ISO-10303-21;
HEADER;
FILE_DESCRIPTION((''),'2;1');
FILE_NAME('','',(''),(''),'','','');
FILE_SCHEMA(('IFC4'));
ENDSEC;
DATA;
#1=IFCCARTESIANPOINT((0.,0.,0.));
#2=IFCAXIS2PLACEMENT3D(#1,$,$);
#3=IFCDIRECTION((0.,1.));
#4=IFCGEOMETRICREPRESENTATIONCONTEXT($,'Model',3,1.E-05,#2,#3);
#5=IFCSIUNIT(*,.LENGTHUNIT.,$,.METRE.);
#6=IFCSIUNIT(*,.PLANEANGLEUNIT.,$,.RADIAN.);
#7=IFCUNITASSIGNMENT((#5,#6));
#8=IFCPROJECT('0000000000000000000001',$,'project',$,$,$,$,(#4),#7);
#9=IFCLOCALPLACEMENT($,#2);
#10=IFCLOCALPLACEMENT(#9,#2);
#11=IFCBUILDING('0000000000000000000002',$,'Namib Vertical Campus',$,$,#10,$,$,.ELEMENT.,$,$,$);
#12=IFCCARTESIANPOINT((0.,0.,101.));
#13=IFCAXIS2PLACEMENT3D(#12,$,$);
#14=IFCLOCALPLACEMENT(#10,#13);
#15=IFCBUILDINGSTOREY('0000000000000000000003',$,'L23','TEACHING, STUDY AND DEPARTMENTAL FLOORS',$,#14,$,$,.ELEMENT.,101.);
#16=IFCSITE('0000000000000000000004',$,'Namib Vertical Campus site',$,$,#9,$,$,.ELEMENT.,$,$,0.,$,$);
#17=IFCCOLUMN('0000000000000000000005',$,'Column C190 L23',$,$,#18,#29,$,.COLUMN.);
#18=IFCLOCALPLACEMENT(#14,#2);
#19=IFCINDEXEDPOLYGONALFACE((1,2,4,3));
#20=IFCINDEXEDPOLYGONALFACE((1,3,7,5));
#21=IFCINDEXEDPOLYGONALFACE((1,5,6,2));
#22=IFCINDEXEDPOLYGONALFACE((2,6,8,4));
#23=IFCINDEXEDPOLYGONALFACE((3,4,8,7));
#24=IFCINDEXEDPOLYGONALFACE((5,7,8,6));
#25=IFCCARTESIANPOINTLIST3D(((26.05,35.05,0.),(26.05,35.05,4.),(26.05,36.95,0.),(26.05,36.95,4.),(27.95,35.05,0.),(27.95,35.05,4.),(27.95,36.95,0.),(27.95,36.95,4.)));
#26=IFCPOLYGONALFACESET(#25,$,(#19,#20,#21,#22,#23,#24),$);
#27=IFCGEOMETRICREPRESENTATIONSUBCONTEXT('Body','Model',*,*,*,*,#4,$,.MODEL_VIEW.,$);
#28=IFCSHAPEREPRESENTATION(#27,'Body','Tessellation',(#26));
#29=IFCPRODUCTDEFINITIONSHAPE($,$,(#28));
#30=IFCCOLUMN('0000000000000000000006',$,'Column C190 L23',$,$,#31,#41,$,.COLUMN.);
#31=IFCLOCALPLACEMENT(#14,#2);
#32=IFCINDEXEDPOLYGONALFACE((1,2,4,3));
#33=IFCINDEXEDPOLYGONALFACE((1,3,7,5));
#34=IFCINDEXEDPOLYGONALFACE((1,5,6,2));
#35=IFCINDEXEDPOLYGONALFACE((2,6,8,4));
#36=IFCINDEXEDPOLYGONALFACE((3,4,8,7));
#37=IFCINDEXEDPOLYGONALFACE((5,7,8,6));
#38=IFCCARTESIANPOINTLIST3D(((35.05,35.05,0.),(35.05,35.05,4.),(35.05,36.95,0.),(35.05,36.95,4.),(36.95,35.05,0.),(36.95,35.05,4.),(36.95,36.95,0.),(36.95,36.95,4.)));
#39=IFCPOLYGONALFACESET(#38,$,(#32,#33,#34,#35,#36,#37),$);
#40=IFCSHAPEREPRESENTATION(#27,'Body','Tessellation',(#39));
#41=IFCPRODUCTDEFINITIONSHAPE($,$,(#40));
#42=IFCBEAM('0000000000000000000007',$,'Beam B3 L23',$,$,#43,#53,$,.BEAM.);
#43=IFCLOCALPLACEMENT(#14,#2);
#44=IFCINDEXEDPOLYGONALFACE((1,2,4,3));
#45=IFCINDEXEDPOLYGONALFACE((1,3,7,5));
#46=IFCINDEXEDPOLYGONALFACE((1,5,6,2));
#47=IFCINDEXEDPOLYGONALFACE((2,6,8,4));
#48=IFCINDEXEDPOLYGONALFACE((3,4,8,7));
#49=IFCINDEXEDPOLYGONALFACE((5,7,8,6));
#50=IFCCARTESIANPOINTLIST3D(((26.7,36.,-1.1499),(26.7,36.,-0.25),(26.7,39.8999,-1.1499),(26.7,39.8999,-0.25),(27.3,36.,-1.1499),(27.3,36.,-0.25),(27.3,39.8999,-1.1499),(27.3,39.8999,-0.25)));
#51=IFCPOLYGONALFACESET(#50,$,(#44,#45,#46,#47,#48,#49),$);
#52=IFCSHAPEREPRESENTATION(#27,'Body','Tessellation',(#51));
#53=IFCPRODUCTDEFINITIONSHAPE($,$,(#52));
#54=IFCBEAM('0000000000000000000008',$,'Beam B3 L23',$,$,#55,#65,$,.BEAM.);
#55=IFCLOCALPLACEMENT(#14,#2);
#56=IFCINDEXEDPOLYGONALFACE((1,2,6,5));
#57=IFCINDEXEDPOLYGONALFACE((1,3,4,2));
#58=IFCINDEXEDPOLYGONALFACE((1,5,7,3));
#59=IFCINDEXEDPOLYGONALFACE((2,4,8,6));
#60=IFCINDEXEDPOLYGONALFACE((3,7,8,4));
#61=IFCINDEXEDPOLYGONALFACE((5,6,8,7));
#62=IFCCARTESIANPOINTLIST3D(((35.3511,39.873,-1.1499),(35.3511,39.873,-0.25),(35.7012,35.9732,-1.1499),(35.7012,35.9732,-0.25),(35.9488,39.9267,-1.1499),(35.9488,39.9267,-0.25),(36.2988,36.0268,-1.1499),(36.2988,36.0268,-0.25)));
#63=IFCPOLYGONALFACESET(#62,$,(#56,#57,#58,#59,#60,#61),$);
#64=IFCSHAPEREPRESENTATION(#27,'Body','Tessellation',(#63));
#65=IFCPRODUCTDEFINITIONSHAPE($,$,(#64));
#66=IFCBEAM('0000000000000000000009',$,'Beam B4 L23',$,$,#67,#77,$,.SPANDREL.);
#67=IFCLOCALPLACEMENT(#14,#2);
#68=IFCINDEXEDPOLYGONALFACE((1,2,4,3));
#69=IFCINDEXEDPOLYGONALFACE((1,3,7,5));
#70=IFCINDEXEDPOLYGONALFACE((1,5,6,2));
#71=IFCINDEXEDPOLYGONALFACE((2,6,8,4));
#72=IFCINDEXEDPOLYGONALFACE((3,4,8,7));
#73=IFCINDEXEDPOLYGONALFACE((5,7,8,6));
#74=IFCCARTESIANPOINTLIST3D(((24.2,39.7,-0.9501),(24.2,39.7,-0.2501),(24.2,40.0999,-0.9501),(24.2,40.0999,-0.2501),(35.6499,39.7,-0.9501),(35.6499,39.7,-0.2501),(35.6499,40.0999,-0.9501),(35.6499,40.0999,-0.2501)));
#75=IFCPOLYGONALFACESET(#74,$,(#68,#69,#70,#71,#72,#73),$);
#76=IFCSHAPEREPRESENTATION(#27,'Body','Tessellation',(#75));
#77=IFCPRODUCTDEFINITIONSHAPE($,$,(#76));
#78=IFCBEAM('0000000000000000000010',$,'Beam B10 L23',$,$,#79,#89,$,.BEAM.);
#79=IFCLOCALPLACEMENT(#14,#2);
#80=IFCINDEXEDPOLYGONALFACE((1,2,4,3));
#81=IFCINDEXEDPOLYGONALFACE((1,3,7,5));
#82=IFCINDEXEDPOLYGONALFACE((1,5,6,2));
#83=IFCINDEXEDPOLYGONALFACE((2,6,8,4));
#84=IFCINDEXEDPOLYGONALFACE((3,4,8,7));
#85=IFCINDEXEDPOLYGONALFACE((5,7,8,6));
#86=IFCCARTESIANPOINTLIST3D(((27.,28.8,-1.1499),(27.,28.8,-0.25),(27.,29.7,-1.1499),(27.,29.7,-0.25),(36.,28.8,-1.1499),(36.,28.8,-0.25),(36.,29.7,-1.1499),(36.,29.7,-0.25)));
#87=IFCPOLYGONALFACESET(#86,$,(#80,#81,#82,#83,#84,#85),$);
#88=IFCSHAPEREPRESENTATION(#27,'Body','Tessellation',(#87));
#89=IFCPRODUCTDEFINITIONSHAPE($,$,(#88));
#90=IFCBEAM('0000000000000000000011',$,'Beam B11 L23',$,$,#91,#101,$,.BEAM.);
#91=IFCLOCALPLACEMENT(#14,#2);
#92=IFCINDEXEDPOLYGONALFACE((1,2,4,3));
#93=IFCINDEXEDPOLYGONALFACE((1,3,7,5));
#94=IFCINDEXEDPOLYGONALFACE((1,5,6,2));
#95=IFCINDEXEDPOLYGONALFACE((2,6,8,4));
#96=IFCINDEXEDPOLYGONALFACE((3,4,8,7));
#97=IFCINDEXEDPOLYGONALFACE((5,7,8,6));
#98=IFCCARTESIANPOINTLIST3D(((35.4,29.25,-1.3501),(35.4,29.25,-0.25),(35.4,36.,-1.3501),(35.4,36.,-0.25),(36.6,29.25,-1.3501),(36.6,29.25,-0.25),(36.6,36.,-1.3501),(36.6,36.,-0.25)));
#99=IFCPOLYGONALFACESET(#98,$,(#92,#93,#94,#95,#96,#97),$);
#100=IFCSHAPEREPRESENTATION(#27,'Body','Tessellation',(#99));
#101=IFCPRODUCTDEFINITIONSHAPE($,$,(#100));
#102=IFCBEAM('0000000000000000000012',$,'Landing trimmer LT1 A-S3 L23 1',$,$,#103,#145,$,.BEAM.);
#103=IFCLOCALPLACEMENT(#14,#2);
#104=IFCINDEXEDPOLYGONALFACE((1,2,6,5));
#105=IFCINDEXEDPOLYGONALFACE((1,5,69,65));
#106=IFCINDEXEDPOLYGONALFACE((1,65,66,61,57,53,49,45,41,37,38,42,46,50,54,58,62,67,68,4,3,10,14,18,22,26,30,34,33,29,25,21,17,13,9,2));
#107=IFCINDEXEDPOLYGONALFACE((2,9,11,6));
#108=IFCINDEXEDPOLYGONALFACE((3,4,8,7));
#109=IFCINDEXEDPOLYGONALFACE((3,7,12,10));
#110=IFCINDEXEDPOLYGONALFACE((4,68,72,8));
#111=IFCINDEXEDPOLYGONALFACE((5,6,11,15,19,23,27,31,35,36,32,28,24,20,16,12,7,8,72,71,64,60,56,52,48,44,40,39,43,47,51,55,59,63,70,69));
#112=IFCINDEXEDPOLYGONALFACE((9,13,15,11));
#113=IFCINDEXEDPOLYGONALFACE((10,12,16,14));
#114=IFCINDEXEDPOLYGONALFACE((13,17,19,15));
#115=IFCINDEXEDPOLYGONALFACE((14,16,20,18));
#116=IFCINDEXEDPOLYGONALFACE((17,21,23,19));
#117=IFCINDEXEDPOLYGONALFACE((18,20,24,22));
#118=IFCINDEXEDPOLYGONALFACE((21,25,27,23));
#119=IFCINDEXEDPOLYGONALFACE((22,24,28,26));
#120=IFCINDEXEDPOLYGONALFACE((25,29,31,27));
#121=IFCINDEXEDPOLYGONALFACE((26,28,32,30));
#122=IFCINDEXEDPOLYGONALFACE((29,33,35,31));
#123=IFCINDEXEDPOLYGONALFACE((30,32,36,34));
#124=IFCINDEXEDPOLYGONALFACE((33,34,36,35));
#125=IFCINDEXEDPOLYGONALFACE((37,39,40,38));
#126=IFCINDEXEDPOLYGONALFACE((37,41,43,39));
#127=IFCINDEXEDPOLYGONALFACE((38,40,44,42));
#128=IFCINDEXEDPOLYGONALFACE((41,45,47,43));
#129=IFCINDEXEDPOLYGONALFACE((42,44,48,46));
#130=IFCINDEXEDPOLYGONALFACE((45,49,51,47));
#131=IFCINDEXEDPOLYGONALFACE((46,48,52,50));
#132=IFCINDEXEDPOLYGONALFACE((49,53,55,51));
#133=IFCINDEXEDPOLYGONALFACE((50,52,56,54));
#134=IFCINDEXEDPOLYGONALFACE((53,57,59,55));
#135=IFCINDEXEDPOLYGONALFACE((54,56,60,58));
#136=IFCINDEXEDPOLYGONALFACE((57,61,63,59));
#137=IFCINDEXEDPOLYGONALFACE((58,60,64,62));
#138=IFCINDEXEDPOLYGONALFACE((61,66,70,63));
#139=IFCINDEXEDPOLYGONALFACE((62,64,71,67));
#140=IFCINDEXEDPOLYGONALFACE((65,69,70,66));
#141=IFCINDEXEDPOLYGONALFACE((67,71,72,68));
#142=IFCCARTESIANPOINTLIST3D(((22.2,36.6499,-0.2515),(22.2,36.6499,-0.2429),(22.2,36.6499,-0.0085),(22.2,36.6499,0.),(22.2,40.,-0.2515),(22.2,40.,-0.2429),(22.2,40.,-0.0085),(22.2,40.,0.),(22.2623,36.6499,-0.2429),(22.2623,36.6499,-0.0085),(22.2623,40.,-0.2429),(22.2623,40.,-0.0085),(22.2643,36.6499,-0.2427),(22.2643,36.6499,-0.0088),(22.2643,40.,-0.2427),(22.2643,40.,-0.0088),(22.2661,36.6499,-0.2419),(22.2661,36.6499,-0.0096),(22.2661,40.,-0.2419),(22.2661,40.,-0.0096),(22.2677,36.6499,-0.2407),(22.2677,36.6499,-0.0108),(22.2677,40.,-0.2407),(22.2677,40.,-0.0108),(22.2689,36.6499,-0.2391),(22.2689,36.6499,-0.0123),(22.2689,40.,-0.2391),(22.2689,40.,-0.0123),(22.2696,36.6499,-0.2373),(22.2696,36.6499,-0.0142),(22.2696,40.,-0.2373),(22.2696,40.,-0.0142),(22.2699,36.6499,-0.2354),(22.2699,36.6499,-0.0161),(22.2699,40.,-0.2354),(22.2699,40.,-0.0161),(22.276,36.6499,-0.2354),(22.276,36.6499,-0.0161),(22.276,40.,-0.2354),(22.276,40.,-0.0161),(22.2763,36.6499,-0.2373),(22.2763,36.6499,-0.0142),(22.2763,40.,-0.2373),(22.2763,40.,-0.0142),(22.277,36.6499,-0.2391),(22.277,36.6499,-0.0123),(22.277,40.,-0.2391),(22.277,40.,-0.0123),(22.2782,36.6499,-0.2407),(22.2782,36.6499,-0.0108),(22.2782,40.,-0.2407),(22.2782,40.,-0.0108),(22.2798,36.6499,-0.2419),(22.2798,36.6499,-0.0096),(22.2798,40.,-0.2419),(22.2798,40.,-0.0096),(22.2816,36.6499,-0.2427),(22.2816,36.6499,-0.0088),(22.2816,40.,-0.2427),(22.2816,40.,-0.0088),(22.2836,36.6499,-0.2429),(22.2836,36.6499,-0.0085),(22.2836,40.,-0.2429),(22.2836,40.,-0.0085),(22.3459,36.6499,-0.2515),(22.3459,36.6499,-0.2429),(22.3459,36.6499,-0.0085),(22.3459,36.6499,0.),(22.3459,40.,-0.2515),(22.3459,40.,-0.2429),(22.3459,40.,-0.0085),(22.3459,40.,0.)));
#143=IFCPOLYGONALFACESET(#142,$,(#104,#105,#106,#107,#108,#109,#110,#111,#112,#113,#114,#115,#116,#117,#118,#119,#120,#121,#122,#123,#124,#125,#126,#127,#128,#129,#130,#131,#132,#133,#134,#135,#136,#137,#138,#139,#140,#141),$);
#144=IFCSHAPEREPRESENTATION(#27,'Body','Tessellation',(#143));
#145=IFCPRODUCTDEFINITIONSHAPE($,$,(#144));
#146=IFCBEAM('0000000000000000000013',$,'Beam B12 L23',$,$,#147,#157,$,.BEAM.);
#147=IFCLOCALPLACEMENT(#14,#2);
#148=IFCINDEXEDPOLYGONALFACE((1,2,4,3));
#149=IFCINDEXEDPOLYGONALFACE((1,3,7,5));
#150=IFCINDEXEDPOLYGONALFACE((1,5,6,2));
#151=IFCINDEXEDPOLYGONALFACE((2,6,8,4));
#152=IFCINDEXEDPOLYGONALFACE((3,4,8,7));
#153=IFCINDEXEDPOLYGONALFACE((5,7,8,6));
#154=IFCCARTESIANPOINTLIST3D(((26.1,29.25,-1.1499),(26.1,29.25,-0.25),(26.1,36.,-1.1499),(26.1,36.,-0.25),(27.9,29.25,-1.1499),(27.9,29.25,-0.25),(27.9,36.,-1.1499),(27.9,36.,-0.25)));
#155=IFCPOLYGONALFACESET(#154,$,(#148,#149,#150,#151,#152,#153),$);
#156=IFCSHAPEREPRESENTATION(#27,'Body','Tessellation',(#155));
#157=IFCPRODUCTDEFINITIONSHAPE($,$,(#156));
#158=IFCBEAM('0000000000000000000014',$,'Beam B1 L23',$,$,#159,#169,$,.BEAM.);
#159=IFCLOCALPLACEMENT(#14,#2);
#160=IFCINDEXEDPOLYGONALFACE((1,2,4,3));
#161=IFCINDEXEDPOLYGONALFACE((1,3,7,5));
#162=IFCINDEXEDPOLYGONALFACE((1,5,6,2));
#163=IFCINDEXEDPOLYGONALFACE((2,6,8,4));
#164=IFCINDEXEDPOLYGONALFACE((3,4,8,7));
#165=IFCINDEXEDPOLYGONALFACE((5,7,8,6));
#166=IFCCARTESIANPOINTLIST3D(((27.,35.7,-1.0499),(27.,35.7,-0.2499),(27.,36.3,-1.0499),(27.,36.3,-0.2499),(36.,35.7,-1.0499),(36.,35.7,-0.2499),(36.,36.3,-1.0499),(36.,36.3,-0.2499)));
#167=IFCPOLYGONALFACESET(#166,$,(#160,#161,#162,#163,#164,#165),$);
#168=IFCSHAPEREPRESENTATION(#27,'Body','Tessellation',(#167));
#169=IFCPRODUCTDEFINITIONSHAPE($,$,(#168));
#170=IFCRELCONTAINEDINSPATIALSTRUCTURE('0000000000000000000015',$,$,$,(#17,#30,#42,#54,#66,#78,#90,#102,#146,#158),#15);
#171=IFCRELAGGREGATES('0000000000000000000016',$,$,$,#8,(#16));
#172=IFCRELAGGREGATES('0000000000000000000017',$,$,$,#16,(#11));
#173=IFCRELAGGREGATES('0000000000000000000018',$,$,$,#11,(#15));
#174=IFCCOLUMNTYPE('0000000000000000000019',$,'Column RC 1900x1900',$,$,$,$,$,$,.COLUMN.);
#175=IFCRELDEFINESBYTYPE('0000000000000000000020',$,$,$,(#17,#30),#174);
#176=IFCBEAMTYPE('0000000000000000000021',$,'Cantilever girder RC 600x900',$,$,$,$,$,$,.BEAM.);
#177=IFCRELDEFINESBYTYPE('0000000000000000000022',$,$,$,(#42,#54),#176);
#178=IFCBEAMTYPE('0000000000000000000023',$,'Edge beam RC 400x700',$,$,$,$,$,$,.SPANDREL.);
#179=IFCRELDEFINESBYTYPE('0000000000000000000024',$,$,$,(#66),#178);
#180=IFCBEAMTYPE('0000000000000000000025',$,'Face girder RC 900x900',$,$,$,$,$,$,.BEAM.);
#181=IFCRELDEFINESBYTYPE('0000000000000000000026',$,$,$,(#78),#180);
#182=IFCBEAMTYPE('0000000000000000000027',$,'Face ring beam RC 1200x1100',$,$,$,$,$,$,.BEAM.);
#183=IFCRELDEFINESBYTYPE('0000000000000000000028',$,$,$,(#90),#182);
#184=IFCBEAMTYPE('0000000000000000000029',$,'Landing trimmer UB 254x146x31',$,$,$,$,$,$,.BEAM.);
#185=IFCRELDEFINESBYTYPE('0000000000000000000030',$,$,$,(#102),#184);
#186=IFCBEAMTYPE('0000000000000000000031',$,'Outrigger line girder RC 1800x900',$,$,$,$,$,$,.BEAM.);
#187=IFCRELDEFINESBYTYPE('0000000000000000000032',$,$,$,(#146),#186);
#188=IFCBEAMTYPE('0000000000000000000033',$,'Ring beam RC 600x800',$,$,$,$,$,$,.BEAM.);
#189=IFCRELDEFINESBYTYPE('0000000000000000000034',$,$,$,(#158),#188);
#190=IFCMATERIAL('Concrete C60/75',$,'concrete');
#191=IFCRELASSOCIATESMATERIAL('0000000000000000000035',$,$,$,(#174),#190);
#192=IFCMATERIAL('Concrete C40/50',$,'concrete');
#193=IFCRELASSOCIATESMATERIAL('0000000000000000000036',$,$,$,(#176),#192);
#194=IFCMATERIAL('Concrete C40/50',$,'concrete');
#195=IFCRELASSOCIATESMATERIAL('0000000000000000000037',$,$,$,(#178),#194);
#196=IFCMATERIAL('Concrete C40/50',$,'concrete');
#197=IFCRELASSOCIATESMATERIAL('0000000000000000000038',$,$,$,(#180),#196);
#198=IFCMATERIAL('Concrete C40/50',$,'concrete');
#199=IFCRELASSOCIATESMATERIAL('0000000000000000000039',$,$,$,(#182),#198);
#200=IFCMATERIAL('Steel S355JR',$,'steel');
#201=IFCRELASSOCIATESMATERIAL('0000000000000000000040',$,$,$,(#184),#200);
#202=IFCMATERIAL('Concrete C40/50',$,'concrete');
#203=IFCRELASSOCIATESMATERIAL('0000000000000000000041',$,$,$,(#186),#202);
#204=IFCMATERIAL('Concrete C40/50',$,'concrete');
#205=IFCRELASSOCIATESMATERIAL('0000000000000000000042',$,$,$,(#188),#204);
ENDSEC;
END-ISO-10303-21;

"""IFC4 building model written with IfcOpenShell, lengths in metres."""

from ifc_helpers import new_model, si_unit, direction, frame, origin, origin_2d, place, context, subcontext, project, spatial, rectangle, i_section, extrude, material, material_profile, profile_set, type_object, element, save


model = new_model("IFC4")

# Units and contexts
model_context = context("Model", 3, precision=1e-05, world=origin(), true_north=direction((0.0, 1.0)))
body_context = subcontext(model_context, "Body", "Model", "MODEL_VIEW")
ifc_project = project(units=[si_unit("LENGTHUNIT", "METRE"), si_unit("PLANEANGLEUNIT", "RADIAN")], contexts=[model_context])

# Site, building, storey
site_placement = place(None, origin())
site = spatial("IfcSite", under=ifc_project, at=site_placement, Name="Namib Vertical Campus site", CompositionType="ELEMENT", RefElevation=0.0)
building_placement = place(site_placement, origin())
building = spatial("IfcBuilding", under=site, at=building_placement, Name="Namib Vertical Campus", CompositionType="ELEMENT")
storey_placement = place(building_placement, frame((0.0, 0.0, 101.0)))
storey = spatial("IfcBuildingStorey", under=building, at=storey_placement, Name="L23", Description="TEACHING, STUDY AND DEPARTMENTAL FLOORS", CompositionType="ELEMENT", Elevation=101.0)

# Columns
ifc_material_1 = material(Name="Concrete C60/75", Category="concrete")
ifc_material_profile_1 = material_profile(ifc_material_1, rectangle(XDim=1.8999, YDim=1.8999, at=origin_2d()))
ifc_profile_set_1 = profile_set([ifc_material_profile_1], Name="Concrete C60/75")
column_type = type_object("IfcColumnType", Name="Column RC 1900x1900", PredefinedType="COLUMN", material=ifc_profile_set_1)
for number, where, z_axis, x_axis, name in (
    (1, (27.0, 36.0, 0.0), (0.0, 0.0, 1.0), (1.0, 0.0, 0.0), "Column C190 L23"),
    (2, (36.0, 36.0, 0.0), (0.0, 0.0, 1.0), (1.0, 0.0, 0.0), "Column C190 L23"),
):
    element("IfcColumn", number, at=place(storey_placement, frame(where, z_axis=z_axis, x_axis=x_axis)), inside=storey, type_object=column_type, Name=name, PredefinedType="COLUMN", context=body_context, shape_type="SweptSolid", body=[
        extrude(rectangle(XDim=1.8999, YDim=1.8999, at=origin_2d()), origin(), (0.0, 0.0, 1.0), 4.0),
    ])

# Beams
ifc_material_2 = material(Name="Concrete C40/50", Category="concrete")
ifc_material_profile_2 = material_profile(ifc_material_2, rectangle(XDim=0.6001, YDim=0.8999, at=origin_2d()))
ifc_profile_set_2 = profile_set([ifc_material_profile_2], Name="Concrete C40/50")
beam_type_1 = type_object("IfcBeamType", Name="Cantilever girder RC 600x900", PredefinedType="BEAM", material=ifc_profile_set_2)
beam_1_placement = place(storey_placement, frame((27.0, 36.0, -0.7), z_axis=(0.0, 1.0, 0.0), x_axis=(-1.0, 0.0, 0.0)))
element("IfcBeam", 3, at=beam_1_placement, inside=storey, type_object=beam_type_1, Name="Beam B3 L23", PredefinedType="BEAM", context=body_context, shape_type="SweptSolid", body=[
    extrude(rectangle(XDim=0.6001, YDim=0.8999, at=origin_2d()), origin(), (0.0, 0.0, 1.0), 3.8999),
])
beam_2_placement = place(storey_placement, frame((36.0, 36.0, -0.7), z_axis=(-0.089411, 0.995995, 0.0), x_axis=(-0.995995, -0.089411, 0.0)))
element("IfcBeam", 4, at=beam_2_placement, inside=storey, type_object=beam_type_1, Name="Beam B3 L23", PredefinedType="BEAM", context=body_context, shape_type="SweptSolid", body=[
    extrude(rectangle(XDim=0.6001, YDim=0.8999, at=origin_2d()), origin(), (0.0, 0.0, 1.0), 3.9155),
])
ifc_material_3 = material(Name="Concrete C40/50", Category="concrete")
ifc_material_profile_3 = material_profile(ifc_material_3, rectangle(XDim=0.3999, YDim=0.7, at=origin_2d()))
ifc_profile_set_3 = profile_set([ifc_material_profile_3], Name="Concrete C40/50")
beam_type_2 = type_object("IfcBeamType", Name="Edge beam RC 400x700", PredefinedType="SPANDREL", material=ifc_profile_set_3)
beam_3_placement = place(storey_placement, frame((24.2, 39.8999, -0.6001), z_axis=(1.0, 0.0, 0.0), x_axis=(0.0, 1.0, 0.0)))
element("IfcBeam", 5, at=beam_3_placement, inside=storey, type_object=beam_type_2, Name="Beam B4 L23", PredefinedType="SPANDREL", context=body_context, shape_type="SweptSolid", body=[
    extrude(rectangle(XDim=0.3999, YDim=0.7, at=origin_2d()), origin(), (0.0, 0.0, 1.0), 11.45),
])
ifc_material_4 = material(Name="Concrete C40/50", Category="concrete")
ifc_material_profile_4 = material_profile(ifc_material_4, rectangle(XDim=0.8999, YDim=0.8999, at=origin_2d()))
ifc_profile_set_4 = profile_set([ifc_material_profile_4], Name="Concrete C40/50")
beam_type_3 = type_object("IfcBeamType", Name="Face girder RC 900x900", PredefinedType="BEAM", material=ifc_profile_set_4)
beam_4_placement = place(storey_placement, frame((36.0, 29.25, -0.7), z_axis=(-1.0, 0.0, 0.0), x_axis=(0.0, -1.0, 0.0)))
element("IfcBeam", 6, at=beam_4_placement, inside=storey, type_object=beam_type_3, Name="Beam B10 L23", PredefinedType="BEAM", context=body_context, shape_type="SweptSolid", body=[
    extrude(rectangle(XDim=0.8999, YDim=0.8999, at=origin_2d()), origin(), (0.0, 0.0, 1.0), 9.0),
])
ifc_material_5 = material(Name="Concrete C40/50", Category="concrete")
ifc_material_profile_5 = material_profile(ifc_material_5, rectangle(XDim=1.2, YDim=1.1001, at=origin_2d()))
ifc_profile_set_5 = profile_set([ifc_material_profile_5], Name="Concrete C40/50")
beam_type_4 = type_object("IfcBeamType", Name="Face ring beam RC 1200x1100", PredefinedType="BEAM", material=ifc_profile_set_5)
beam_5_placement = place(storey_placement, frame((36.0, 29.25, -0.8), z_axis=(0.0, 1.0, 0.0), x_axis=(-1.0, 0.0, 0.0)))
element("IfcBeam", 7, at=beam_5_placement, inside=storey, type_object=beam_type_4, Name="Beam B11 L23", PredefinedType="BEAM", context=body_context, shape_type="SweptSolid", body=[
    extrude(rectangle(XDim=1.2, YDim=1.1001, at=origin_2d()), origin(), (0.0, 0.0, 1.0), 6.75),
])
ifc_material_6 = material(Name="Steel S355JR", Category="steel")
ifc_material_profile_6 = material_profile(ifc_material_6, i_section(OverallWidth=0.146, OverallDepth=0.2515, WebThickness=0.0061, FlangeThickness=0.0085, FilletRadius=0.0076, at=origin_2d()))
ifc_profile_set_6 = profile_set([ifc_material_profile_6], Name="Steel S355JR")
beam_type_5 = type_object("IfcBeamType", Name="Landing trimmer UB 254x146x31", PredefinedType="BEAM", material=ifc_profile_set_6)
beam_6_placement = place(storey_placement, frame((22.2729, 36.6499, -0.1257), z_axis=(0.0, 1.0, 0.0), x_axis=(-1.0, 0.0, 0.0)))
element("IfcBeam", 8, at=beam_6_placement, inside=storey, type_object=beam_type_5, Name="Landing trimmer LT1 A-S3 L23 1", PredefinedType="BEAM", context=body_context, shape_type="SweptSolid", body=[
    extrude(i_section(OverallWidth=0.146, OverallDepth=0.2515, WebThickness=0.0061, FlangeThickness=0.0085, FilletRadius=0.0076, at=origin_2d()), origin(), (0.0, 0.0, 1.0), 3.3501),
])
ifc_material_7 = material(Name="Concrete C40/50", Category="concrete")
ifc_material_profile_7 = material_profile(ifc_material_7, rectangle(XDim=1.8, YDim=0.8999, at=origin_2d()))
ifc_profile_set_7 = profile_set([ifc_material_profile_7], Name="Concrete C40/50")
beam_type_6 = type_object("IfcBeamType", Name="Outrigger line girder RC 1800x900", PredefinedType="BEAM", material=ifc_profile_set_7)
beam_7_placement = place(storey_placement, frame((27.0, 36.0, -0.7), z_axis=(0.0, -1.0, 0.0), x_axis=(1.0, 0.0, 0.0)))
element("IfcBeam", 9, at=beam_7_placement, inside=storey, type_object=beam_type_6, Name="Beam B12 L23", PredefinedType="BEAM", context=body_context, shape_type="SweptSolid", body=[
    extrude(rectangle(XDim=1.8, YDim=0.8999, at=origin_2d()), origin(), (0.0, 0.0, 1.0), 6.75),
])
ifc_material_8 = material(Name="Concrete C40/50", Category="concrete")
ifc_material_profile_8 = material_profile(ifc_material_8, rectangle(XDim=0.6001, YDim=0.8, at=origin_2d()))
ifc_profile_set_8 = profile_set([ifc_material_profile_8], Name="Concrete C40/50")
beam_type_7 = type_object("IfcBeamType", Name="Ring beam RC 600x800", PredefinedType="BEAM", material=ifc_profile_set_8)
beam_8_placement = place(storey_placement, frame((27.0, 36.0, -0.6499), z_axis=(1.0, 0.0, 0.0), x_axis=(0.0, 1.0, 0.0)))
element("IfcBeam", 10, at=beam_8_placement, inside=storey, type_object=beam_type_7, Name="Beam B1 L23", PredefinedType="BEAM", context=body_context, shape_type="SweptSolid", body=[
    extrude(rectangle(XDim=0.6001, YDim=0.8, at=origin_2d()), origin(), (0.0, 0.0, 1.0), 9.0),
])

save(model, "model.ifc")
